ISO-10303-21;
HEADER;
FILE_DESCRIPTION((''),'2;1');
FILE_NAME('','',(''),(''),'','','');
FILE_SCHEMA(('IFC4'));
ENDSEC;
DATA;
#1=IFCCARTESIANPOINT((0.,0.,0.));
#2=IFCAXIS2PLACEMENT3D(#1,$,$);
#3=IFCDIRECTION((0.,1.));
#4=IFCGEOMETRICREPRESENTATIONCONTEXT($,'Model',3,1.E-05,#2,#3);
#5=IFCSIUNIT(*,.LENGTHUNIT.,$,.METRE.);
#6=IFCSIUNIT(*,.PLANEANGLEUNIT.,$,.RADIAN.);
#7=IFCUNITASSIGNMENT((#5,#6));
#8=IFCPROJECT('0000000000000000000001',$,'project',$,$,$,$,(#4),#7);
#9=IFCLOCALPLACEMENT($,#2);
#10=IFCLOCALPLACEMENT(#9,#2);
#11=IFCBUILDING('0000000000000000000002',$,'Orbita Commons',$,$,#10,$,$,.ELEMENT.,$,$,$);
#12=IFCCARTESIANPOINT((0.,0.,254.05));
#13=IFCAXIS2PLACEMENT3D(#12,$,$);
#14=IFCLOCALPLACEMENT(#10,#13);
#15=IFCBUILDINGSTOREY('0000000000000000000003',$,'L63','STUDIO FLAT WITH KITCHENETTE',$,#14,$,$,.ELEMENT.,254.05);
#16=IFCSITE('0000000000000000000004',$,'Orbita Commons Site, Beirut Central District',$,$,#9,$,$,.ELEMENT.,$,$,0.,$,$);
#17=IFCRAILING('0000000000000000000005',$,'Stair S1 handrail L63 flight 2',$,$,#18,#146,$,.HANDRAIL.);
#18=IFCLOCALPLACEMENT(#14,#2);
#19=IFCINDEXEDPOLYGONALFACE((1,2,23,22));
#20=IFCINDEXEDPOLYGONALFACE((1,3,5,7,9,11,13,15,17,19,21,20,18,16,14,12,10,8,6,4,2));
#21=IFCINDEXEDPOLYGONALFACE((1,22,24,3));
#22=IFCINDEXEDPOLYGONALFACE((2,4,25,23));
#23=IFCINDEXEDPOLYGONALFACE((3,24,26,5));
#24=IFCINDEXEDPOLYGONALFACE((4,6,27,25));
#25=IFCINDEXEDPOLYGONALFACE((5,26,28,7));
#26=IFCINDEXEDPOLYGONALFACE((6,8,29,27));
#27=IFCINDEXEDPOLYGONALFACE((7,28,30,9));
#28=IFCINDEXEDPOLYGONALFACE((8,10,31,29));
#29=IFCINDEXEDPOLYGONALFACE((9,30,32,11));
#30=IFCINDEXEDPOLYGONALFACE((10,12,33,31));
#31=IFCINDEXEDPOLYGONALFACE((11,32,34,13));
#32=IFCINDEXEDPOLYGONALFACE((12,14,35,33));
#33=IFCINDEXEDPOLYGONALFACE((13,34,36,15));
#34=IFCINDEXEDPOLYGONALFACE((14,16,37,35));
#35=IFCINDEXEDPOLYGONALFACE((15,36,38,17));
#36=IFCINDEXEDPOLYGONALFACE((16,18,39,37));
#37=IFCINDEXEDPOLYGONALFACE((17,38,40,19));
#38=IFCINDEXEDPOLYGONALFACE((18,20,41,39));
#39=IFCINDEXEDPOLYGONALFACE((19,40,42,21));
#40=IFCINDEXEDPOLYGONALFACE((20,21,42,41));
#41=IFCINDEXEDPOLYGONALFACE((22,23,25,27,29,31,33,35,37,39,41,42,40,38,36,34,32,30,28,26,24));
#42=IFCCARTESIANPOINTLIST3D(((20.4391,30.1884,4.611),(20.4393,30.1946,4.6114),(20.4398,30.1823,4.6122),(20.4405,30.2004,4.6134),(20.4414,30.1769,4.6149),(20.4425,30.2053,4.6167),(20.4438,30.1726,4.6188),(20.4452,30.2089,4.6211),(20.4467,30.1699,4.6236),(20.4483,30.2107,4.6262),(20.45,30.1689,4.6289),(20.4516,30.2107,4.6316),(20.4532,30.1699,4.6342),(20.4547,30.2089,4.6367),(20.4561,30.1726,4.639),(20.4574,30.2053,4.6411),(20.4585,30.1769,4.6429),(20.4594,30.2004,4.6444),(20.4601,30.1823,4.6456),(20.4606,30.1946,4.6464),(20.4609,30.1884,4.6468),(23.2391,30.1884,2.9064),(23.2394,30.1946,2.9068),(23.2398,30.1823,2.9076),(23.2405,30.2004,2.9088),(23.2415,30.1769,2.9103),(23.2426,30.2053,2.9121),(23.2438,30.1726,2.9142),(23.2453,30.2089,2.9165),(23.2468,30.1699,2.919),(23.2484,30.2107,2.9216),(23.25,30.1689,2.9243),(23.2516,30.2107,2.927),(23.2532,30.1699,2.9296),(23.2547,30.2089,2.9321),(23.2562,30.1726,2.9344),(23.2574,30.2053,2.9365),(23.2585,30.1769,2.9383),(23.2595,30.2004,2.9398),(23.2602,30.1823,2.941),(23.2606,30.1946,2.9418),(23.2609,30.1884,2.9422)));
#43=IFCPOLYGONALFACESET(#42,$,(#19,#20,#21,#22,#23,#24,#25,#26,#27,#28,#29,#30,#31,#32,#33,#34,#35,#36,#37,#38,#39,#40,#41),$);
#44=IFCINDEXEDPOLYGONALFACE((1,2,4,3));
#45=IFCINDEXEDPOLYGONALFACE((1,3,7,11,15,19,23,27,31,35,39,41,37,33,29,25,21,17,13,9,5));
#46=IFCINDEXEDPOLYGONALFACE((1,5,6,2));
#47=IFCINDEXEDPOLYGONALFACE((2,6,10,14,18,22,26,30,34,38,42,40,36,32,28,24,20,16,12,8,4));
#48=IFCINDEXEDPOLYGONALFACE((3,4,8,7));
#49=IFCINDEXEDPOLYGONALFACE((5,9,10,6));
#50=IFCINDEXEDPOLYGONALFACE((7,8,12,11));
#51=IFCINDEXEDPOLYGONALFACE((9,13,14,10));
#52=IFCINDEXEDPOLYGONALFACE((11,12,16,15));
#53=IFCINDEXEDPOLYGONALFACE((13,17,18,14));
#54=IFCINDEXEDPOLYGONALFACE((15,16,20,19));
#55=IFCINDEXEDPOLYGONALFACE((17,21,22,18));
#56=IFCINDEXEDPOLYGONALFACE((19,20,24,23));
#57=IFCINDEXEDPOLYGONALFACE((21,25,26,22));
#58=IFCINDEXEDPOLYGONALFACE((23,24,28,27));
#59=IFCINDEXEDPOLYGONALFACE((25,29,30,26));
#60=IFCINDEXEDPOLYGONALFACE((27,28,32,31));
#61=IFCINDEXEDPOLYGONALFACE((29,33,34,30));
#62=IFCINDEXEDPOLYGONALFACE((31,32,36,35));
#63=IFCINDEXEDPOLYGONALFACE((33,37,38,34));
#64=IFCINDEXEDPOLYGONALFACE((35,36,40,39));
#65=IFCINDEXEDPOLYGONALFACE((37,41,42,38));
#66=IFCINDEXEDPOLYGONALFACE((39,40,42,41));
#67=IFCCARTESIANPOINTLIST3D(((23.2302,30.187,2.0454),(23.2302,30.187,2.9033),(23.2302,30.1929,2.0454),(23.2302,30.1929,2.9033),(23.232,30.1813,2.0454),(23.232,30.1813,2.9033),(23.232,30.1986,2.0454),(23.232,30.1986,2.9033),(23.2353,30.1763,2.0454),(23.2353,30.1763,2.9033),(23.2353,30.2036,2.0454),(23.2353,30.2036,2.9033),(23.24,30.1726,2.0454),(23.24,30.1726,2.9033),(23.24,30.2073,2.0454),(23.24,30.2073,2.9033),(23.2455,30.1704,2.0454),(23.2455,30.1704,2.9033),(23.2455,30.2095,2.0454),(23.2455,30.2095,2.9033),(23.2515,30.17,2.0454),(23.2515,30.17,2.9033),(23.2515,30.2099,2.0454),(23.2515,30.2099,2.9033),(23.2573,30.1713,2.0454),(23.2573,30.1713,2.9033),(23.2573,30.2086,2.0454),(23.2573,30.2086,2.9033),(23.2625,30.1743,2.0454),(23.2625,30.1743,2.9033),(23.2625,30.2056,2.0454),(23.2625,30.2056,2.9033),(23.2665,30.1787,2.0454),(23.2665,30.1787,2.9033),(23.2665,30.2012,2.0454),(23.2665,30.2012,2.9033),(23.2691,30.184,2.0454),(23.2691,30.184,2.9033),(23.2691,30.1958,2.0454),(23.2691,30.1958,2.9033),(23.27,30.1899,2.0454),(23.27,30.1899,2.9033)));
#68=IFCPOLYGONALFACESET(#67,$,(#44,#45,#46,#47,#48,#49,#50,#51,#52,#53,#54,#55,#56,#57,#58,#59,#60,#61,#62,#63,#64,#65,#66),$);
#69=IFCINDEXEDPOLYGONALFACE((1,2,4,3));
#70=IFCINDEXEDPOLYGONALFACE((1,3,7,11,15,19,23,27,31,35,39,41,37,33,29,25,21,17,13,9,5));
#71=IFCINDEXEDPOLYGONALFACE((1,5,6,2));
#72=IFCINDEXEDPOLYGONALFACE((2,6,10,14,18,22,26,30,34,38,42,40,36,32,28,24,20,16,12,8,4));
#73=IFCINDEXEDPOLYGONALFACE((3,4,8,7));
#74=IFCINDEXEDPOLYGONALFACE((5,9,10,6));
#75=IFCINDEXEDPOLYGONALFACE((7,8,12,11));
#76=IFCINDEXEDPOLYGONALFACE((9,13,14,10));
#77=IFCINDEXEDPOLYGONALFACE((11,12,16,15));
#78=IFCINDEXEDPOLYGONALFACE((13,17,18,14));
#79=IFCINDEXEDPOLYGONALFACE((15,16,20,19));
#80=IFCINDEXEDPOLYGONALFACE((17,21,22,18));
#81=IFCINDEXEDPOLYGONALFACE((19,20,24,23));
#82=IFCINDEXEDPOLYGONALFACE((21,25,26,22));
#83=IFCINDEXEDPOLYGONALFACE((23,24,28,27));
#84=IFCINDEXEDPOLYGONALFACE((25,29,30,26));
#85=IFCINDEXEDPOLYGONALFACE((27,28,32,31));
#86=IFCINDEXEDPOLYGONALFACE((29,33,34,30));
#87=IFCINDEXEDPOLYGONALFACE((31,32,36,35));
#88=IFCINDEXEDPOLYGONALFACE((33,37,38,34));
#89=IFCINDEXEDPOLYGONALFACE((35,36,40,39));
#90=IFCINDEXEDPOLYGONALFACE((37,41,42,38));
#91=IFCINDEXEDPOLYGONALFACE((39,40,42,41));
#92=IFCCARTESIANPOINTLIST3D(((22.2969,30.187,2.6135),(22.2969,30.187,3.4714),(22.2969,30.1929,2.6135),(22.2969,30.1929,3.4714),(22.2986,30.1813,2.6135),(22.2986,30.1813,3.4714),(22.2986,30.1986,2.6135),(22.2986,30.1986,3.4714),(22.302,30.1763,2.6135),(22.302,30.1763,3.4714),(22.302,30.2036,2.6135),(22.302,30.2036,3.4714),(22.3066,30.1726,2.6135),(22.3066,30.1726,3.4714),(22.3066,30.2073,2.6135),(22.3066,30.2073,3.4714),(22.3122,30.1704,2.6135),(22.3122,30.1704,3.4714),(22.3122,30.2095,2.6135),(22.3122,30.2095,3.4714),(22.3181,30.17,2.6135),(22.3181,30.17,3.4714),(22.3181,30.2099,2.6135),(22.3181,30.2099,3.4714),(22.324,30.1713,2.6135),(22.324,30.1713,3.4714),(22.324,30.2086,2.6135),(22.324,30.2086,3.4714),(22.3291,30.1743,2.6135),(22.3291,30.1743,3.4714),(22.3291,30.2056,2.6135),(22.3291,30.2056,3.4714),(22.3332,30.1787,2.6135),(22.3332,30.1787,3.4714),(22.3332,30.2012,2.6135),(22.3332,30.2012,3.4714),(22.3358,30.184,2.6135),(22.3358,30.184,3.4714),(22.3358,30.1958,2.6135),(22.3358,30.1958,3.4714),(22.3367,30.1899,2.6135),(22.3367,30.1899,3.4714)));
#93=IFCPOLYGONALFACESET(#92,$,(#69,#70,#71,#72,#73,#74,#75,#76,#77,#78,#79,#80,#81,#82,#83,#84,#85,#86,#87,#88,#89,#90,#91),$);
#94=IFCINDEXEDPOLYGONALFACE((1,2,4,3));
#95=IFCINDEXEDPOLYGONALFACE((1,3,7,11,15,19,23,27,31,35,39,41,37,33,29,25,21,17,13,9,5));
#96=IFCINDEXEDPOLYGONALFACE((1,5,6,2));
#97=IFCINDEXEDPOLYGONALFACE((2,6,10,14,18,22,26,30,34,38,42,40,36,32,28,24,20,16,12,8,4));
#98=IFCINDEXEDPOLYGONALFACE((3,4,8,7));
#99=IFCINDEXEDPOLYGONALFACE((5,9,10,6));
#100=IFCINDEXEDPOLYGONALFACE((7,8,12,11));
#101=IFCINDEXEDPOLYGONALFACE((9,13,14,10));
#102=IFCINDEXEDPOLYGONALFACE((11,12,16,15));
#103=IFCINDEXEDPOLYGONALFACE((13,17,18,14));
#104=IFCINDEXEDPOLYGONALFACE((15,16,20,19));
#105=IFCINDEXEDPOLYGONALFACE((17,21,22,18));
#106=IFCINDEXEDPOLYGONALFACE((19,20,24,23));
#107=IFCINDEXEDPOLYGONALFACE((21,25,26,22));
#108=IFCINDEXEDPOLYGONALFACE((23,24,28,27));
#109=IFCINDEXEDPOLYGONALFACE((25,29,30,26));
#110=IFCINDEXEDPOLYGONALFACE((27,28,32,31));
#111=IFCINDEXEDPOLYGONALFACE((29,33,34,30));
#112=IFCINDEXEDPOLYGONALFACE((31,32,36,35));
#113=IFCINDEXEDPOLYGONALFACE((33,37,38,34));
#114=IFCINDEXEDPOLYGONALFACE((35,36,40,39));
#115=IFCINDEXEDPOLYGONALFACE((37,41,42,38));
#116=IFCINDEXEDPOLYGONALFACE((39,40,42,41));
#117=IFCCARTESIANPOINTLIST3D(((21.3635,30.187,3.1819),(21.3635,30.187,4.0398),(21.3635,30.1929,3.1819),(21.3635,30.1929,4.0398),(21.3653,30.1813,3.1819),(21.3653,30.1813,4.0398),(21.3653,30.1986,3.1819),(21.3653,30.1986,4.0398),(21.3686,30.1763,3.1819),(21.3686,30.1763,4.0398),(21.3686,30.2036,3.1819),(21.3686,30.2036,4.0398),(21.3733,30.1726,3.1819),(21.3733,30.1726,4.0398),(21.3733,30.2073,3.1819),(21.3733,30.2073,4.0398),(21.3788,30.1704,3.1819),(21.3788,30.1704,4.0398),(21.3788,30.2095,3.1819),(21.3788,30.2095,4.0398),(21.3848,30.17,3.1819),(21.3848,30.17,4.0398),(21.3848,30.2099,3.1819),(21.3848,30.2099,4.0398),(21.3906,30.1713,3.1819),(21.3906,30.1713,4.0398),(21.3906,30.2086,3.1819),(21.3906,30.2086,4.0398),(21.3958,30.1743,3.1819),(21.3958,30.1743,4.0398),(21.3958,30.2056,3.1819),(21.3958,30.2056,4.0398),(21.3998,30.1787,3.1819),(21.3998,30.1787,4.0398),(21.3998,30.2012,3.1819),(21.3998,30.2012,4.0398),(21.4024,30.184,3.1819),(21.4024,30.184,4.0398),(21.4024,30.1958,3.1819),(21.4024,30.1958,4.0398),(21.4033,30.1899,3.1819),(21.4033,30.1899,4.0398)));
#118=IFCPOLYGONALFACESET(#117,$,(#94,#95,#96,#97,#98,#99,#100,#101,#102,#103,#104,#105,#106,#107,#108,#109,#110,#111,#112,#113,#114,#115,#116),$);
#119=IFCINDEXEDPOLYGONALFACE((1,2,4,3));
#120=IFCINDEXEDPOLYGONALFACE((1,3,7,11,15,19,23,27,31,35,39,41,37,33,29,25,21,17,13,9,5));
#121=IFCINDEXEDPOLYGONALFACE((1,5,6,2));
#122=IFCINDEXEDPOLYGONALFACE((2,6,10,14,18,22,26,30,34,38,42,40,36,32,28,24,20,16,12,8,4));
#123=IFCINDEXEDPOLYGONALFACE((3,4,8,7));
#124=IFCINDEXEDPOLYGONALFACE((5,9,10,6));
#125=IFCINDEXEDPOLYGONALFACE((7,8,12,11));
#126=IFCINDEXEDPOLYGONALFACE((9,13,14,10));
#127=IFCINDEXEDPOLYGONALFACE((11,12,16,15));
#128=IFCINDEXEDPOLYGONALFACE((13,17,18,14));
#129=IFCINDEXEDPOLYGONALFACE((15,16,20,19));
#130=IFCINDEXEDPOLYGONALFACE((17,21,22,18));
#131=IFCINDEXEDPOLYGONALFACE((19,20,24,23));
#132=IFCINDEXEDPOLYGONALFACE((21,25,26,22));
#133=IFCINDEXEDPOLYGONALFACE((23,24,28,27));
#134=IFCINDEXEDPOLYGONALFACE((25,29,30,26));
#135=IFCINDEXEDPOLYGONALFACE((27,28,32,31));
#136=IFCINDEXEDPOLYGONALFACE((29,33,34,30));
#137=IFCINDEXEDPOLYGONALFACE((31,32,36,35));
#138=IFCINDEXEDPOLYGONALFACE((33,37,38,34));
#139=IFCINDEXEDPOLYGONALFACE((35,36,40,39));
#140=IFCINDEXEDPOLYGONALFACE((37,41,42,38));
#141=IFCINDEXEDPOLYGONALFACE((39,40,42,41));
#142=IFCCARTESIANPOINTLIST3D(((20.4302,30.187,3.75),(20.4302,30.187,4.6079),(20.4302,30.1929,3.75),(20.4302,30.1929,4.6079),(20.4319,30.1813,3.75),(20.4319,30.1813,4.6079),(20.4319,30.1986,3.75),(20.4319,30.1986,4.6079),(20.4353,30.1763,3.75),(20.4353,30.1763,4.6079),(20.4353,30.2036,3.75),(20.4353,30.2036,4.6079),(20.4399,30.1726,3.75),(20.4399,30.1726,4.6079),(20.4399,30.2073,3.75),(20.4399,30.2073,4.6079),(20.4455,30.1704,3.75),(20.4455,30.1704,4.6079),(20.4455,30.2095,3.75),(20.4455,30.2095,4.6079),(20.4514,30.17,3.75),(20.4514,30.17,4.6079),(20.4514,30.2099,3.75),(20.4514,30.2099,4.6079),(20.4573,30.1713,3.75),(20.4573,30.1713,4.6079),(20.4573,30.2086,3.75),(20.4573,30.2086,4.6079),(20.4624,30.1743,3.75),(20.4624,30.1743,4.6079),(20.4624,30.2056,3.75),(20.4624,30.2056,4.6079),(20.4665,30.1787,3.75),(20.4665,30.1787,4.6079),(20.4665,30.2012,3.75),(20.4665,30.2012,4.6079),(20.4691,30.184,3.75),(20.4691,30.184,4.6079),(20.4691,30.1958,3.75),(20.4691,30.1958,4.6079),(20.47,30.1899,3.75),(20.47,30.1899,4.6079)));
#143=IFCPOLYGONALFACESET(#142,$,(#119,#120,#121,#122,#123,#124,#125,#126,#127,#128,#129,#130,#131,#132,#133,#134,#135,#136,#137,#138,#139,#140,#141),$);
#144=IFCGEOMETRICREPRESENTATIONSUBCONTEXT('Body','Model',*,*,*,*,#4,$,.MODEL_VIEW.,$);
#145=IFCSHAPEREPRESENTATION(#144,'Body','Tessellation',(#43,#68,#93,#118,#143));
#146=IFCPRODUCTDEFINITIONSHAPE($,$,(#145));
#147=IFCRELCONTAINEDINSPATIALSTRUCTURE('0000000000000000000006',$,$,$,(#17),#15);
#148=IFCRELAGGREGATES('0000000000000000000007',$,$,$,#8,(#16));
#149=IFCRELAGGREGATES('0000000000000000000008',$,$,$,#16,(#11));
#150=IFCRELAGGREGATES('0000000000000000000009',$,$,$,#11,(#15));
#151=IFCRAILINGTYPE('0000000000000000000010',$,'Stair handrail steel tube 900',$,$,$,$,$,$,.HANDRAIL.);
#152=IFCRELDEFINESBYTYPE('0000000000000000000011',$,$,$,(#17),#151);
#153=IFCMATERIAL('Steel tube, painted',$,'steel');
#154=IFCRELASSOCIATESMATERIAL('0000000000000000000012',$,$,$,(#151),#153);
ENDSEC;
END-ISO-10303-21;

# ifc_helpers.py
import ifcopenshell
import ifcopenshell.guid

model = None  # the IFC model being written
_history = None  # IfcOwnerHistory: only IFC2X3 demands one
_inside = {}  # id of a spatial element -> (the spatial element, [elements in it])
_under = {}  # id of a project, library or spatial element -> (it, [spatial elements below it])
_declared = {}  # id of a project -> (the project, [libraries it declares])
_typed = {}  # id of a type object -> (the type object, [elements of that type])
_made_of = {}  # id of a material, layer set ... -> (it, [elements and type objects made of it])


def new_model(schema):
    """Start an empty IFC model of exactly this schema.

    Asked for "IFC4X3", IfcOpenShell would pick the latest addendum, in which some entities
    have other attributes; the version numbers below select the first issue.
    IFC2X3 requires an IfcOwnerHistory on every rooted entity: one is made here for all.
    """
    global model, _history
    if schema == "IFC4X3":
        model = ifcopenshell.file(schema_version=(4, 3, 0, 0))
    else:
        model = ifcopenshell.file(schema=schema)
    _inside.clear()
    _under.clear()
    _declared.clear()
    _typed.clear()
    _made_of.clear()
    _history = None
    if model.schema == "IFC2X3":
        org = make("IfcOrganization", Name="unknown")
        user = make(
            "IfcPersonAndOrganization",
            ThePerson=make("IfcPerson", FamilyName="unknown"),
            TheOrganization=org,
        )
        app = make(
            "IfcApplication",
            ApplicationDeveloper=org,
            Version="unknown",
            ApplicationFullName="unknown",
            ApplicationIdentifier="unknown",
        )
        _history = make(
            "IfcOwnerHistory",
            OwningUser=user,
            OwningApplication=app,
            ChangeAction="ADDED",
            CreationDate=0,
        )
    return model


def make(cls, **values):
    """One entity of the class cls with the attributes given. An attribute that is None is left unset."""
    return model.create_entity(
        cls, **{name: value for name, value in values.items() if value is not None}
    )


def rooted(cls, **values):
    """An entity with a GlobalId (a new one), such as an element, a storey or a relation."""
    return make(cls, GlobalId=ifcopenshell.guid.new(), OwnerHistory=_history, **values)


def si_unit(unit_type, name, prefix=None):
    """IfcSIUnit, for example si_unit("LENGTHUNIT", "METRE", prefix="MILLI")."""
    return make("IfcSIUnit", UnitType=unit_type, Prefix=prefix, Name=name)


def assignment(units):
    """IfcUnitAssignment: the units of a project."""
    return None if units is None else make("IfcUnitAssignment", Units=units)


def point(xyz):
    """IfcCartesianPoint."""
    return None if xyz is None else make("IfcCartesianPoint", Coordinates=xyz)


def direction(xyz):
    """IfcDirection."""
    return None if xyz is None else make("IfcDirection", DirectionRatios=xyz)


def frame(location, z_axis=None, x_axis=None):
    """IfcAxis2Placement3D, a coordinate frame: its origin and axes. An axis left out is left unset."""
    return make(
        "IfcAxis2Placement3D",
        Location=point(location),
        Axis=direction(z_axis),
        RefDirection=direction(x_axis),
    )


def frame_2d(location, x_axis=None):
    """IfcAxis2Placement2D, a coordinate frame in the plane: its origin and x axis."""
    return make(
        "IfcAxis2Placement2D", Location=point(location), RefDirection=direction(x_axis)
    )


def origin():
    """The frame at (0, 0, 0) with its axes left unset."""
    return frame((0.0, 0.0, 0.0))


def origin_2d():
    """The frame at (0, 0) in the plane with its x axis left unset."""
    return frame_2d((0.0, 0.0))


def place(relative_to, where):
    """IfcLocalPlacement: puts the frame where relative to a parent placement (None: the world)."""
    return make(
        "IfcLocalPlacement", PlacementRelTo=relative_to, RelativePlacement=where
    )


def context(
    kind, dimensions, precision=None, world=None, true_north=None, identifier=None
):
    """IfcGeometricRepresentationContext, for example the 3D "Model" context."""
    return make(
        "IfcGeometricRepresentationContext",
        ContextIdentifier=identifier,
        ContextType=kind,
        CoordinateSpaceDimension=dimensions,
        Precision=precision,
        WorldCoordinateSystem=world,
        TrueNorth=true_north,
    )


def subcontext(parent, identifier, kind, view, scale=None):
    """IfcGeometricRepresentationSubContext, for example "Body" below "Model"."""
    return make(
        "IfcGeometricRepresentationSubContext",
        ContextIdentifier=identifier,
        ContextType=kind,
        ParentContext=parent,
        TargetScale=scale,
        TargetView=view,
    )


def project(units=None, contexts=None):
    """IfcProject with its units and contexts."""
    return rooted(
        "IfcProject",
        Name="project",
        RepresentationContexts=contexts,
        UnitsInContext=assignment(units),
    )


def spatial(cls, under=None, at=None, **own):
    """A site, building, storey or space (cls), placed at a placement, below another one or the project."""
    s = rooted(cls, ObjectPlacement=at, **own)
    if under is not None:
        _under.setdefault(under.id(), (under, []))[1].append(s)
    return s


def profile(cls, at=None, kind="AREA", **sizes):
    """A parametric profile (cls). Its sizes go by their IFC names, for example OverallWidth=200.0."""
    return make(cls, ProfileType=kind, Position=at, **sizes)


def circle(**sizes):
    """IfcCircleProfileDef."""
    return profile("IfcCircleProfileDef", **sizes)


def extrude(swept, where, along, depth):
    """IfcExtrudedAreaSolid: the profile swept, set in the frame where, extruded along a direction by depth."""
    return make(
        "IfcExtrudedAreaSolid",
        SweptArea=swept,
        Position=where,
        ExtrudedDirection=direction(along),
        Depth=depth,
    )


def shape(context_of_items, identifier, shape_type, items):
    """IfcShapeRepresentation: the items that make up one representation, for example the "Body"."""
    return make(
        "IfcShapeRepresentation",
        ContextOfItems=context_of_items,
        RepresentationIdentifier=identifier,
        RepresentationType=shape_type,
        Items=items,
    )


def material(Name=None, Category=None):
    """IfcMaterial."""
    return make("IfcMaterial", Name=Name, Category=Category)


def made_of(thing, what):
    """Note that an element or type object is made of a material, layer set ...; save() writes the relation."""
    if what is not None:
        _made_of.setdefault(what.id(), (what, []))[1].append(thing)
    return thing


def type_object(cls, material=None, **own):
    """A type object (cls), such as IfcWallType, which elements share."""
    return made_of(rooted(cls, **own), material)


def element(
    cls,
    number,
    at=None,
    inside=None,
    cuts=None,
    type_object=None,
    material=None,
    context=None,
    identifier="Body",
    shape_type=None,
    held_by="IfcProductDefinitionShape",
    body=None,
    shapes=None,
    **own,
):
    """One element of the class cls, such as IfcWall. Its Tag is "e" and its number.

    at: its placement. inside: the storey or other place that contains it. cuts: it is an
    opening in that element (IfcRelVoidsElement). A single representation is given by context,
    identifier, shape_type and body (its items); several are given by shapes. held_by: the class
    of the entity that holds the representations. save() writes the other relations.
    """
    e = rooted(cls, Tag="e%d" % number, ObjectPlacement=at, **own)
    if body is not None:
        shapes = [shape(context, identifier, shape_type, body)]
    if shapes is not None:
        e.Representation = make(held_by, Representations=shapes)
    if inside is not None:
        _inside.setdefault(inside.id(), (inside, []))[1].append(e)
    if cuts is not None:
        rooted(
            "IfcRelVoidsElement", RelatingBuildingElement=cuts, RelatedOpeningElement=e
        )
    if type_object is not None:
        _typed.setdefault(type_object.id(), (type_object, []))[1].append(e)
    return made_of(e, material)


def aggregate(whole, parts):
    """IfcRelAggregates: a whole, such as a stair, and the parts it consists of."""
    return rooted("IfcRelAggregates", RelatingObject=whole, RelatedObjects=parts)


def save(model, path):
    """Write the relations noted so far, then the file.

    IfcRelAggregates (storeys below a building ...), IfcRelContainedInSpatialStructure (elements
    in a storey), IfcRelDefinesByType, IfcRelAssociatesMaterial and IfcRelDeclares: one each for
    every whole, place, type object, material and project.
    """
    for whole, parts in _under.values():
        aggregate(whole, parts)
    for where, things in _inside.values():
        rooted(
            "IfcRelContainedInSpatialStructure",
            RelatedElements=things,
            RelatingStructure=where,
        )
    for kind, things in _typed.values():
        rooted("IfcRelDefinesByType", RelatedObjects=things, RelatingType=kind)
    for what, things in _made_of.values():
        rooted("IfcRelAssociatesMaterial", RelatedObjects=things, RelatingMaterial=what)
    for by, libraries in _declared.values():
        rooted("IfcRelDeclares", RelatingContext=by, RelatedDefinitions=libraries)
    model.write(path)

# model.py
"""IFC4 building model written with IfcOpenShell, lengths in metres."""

from ifc_helpers import new_model, si_unit, direction, frame, origin, origin_2d, place, context, subcontext, project, spatial, circle, extrude, material, type_object, element, save


model = new_model("IFC4")

# Units and contexts
model_context = context("Model", 3, precision=1e-05, world=origin(), true_north=direction((0.0, 1.0)))
body_context = subcontext(model_context, "Body", "Model", "MODEL_VIEW")
ifc_project = project(units=[si_unit("LENGTHUNIT", "METRE"), si_unit("PLANEANGLEUNIT", "RADIAN")], contexts=[model_context])

# Site, building, storey
site_placement = place(None, origin())
site = spatial("IfcSite", under=ifc_project, at=site_placement, Name="Orbita Commons Site, Beirut Central District", CompositionType="ELEMENT", RefElevation=0.0)
building_placement = place(site_placement, origin())
building = spatial("IfcBuilding", under=site, at=building_placement, Name="Orbita Commons", CompositionType="ELEMENT")
storey_placement = place(building_placement, frame((0.0, 0.0, 254.05)))
storey = spatial("IfcBuildingStorey", under=building, at=storey_placement, Name="L63", Description="STUDIO FLAT WITH KITCHENETTE", CompositionType="ELEMENT", Elevation=254.05)

# Railing
ifc_material_1 = material(Name="Steel tube, painted", Category="steel")
railing_type = type_object("IfcRailingType", Name="Stair handrail steel tube 900", PredefinedType="HANDRAIL", material=ifc_material_1)
for number, where, name in (
    (1, (23.25, 30.1899, 2.0454), "Stair S1 handrail L63 flight 2"),
):
    element("IfcRailing", number, at=place(storey_placement, frame(where)), inside=storey, type_object=railing_type, Name=name, PredefinedType="HANDRAIL", context=body_context, shape_type="SweptSolid", body=[
        extrude(circle(Radius=0.021, at=origin_2d()), frame((0.0, 0.0, 0.8789), z_axis=(-0.85417, 0.0, 0.519994), x_axis=(0.0, -1.0, 0.0)), (0.0, 0.0, 1.0), 3.2781),
        extrude(circle(Radius=0.02, at=origin_2d()), origin(), (0.0, 0.0, 1.0), 0.8579),
        extrude(circle(Radius=0.02, at=origin_2d()), frame((-0.9333, 0.0, 0.5681)), (0.0, 0.0, 1.0), 0.8579),
        extrude(circle(Radius=0.02, at=origin_2d()), frame((-1.8667, 0.0, 1.1365)), (0.0, 0.0, 1.0), 0.8579),
        extrude(circle(Radius=0.02, at=origin_2d()), frame((-2.8, 0.0, 1.7046)), (0.0, 0.0, 1.0), 0.8579),
    ])

save(model, "model.ifc")
